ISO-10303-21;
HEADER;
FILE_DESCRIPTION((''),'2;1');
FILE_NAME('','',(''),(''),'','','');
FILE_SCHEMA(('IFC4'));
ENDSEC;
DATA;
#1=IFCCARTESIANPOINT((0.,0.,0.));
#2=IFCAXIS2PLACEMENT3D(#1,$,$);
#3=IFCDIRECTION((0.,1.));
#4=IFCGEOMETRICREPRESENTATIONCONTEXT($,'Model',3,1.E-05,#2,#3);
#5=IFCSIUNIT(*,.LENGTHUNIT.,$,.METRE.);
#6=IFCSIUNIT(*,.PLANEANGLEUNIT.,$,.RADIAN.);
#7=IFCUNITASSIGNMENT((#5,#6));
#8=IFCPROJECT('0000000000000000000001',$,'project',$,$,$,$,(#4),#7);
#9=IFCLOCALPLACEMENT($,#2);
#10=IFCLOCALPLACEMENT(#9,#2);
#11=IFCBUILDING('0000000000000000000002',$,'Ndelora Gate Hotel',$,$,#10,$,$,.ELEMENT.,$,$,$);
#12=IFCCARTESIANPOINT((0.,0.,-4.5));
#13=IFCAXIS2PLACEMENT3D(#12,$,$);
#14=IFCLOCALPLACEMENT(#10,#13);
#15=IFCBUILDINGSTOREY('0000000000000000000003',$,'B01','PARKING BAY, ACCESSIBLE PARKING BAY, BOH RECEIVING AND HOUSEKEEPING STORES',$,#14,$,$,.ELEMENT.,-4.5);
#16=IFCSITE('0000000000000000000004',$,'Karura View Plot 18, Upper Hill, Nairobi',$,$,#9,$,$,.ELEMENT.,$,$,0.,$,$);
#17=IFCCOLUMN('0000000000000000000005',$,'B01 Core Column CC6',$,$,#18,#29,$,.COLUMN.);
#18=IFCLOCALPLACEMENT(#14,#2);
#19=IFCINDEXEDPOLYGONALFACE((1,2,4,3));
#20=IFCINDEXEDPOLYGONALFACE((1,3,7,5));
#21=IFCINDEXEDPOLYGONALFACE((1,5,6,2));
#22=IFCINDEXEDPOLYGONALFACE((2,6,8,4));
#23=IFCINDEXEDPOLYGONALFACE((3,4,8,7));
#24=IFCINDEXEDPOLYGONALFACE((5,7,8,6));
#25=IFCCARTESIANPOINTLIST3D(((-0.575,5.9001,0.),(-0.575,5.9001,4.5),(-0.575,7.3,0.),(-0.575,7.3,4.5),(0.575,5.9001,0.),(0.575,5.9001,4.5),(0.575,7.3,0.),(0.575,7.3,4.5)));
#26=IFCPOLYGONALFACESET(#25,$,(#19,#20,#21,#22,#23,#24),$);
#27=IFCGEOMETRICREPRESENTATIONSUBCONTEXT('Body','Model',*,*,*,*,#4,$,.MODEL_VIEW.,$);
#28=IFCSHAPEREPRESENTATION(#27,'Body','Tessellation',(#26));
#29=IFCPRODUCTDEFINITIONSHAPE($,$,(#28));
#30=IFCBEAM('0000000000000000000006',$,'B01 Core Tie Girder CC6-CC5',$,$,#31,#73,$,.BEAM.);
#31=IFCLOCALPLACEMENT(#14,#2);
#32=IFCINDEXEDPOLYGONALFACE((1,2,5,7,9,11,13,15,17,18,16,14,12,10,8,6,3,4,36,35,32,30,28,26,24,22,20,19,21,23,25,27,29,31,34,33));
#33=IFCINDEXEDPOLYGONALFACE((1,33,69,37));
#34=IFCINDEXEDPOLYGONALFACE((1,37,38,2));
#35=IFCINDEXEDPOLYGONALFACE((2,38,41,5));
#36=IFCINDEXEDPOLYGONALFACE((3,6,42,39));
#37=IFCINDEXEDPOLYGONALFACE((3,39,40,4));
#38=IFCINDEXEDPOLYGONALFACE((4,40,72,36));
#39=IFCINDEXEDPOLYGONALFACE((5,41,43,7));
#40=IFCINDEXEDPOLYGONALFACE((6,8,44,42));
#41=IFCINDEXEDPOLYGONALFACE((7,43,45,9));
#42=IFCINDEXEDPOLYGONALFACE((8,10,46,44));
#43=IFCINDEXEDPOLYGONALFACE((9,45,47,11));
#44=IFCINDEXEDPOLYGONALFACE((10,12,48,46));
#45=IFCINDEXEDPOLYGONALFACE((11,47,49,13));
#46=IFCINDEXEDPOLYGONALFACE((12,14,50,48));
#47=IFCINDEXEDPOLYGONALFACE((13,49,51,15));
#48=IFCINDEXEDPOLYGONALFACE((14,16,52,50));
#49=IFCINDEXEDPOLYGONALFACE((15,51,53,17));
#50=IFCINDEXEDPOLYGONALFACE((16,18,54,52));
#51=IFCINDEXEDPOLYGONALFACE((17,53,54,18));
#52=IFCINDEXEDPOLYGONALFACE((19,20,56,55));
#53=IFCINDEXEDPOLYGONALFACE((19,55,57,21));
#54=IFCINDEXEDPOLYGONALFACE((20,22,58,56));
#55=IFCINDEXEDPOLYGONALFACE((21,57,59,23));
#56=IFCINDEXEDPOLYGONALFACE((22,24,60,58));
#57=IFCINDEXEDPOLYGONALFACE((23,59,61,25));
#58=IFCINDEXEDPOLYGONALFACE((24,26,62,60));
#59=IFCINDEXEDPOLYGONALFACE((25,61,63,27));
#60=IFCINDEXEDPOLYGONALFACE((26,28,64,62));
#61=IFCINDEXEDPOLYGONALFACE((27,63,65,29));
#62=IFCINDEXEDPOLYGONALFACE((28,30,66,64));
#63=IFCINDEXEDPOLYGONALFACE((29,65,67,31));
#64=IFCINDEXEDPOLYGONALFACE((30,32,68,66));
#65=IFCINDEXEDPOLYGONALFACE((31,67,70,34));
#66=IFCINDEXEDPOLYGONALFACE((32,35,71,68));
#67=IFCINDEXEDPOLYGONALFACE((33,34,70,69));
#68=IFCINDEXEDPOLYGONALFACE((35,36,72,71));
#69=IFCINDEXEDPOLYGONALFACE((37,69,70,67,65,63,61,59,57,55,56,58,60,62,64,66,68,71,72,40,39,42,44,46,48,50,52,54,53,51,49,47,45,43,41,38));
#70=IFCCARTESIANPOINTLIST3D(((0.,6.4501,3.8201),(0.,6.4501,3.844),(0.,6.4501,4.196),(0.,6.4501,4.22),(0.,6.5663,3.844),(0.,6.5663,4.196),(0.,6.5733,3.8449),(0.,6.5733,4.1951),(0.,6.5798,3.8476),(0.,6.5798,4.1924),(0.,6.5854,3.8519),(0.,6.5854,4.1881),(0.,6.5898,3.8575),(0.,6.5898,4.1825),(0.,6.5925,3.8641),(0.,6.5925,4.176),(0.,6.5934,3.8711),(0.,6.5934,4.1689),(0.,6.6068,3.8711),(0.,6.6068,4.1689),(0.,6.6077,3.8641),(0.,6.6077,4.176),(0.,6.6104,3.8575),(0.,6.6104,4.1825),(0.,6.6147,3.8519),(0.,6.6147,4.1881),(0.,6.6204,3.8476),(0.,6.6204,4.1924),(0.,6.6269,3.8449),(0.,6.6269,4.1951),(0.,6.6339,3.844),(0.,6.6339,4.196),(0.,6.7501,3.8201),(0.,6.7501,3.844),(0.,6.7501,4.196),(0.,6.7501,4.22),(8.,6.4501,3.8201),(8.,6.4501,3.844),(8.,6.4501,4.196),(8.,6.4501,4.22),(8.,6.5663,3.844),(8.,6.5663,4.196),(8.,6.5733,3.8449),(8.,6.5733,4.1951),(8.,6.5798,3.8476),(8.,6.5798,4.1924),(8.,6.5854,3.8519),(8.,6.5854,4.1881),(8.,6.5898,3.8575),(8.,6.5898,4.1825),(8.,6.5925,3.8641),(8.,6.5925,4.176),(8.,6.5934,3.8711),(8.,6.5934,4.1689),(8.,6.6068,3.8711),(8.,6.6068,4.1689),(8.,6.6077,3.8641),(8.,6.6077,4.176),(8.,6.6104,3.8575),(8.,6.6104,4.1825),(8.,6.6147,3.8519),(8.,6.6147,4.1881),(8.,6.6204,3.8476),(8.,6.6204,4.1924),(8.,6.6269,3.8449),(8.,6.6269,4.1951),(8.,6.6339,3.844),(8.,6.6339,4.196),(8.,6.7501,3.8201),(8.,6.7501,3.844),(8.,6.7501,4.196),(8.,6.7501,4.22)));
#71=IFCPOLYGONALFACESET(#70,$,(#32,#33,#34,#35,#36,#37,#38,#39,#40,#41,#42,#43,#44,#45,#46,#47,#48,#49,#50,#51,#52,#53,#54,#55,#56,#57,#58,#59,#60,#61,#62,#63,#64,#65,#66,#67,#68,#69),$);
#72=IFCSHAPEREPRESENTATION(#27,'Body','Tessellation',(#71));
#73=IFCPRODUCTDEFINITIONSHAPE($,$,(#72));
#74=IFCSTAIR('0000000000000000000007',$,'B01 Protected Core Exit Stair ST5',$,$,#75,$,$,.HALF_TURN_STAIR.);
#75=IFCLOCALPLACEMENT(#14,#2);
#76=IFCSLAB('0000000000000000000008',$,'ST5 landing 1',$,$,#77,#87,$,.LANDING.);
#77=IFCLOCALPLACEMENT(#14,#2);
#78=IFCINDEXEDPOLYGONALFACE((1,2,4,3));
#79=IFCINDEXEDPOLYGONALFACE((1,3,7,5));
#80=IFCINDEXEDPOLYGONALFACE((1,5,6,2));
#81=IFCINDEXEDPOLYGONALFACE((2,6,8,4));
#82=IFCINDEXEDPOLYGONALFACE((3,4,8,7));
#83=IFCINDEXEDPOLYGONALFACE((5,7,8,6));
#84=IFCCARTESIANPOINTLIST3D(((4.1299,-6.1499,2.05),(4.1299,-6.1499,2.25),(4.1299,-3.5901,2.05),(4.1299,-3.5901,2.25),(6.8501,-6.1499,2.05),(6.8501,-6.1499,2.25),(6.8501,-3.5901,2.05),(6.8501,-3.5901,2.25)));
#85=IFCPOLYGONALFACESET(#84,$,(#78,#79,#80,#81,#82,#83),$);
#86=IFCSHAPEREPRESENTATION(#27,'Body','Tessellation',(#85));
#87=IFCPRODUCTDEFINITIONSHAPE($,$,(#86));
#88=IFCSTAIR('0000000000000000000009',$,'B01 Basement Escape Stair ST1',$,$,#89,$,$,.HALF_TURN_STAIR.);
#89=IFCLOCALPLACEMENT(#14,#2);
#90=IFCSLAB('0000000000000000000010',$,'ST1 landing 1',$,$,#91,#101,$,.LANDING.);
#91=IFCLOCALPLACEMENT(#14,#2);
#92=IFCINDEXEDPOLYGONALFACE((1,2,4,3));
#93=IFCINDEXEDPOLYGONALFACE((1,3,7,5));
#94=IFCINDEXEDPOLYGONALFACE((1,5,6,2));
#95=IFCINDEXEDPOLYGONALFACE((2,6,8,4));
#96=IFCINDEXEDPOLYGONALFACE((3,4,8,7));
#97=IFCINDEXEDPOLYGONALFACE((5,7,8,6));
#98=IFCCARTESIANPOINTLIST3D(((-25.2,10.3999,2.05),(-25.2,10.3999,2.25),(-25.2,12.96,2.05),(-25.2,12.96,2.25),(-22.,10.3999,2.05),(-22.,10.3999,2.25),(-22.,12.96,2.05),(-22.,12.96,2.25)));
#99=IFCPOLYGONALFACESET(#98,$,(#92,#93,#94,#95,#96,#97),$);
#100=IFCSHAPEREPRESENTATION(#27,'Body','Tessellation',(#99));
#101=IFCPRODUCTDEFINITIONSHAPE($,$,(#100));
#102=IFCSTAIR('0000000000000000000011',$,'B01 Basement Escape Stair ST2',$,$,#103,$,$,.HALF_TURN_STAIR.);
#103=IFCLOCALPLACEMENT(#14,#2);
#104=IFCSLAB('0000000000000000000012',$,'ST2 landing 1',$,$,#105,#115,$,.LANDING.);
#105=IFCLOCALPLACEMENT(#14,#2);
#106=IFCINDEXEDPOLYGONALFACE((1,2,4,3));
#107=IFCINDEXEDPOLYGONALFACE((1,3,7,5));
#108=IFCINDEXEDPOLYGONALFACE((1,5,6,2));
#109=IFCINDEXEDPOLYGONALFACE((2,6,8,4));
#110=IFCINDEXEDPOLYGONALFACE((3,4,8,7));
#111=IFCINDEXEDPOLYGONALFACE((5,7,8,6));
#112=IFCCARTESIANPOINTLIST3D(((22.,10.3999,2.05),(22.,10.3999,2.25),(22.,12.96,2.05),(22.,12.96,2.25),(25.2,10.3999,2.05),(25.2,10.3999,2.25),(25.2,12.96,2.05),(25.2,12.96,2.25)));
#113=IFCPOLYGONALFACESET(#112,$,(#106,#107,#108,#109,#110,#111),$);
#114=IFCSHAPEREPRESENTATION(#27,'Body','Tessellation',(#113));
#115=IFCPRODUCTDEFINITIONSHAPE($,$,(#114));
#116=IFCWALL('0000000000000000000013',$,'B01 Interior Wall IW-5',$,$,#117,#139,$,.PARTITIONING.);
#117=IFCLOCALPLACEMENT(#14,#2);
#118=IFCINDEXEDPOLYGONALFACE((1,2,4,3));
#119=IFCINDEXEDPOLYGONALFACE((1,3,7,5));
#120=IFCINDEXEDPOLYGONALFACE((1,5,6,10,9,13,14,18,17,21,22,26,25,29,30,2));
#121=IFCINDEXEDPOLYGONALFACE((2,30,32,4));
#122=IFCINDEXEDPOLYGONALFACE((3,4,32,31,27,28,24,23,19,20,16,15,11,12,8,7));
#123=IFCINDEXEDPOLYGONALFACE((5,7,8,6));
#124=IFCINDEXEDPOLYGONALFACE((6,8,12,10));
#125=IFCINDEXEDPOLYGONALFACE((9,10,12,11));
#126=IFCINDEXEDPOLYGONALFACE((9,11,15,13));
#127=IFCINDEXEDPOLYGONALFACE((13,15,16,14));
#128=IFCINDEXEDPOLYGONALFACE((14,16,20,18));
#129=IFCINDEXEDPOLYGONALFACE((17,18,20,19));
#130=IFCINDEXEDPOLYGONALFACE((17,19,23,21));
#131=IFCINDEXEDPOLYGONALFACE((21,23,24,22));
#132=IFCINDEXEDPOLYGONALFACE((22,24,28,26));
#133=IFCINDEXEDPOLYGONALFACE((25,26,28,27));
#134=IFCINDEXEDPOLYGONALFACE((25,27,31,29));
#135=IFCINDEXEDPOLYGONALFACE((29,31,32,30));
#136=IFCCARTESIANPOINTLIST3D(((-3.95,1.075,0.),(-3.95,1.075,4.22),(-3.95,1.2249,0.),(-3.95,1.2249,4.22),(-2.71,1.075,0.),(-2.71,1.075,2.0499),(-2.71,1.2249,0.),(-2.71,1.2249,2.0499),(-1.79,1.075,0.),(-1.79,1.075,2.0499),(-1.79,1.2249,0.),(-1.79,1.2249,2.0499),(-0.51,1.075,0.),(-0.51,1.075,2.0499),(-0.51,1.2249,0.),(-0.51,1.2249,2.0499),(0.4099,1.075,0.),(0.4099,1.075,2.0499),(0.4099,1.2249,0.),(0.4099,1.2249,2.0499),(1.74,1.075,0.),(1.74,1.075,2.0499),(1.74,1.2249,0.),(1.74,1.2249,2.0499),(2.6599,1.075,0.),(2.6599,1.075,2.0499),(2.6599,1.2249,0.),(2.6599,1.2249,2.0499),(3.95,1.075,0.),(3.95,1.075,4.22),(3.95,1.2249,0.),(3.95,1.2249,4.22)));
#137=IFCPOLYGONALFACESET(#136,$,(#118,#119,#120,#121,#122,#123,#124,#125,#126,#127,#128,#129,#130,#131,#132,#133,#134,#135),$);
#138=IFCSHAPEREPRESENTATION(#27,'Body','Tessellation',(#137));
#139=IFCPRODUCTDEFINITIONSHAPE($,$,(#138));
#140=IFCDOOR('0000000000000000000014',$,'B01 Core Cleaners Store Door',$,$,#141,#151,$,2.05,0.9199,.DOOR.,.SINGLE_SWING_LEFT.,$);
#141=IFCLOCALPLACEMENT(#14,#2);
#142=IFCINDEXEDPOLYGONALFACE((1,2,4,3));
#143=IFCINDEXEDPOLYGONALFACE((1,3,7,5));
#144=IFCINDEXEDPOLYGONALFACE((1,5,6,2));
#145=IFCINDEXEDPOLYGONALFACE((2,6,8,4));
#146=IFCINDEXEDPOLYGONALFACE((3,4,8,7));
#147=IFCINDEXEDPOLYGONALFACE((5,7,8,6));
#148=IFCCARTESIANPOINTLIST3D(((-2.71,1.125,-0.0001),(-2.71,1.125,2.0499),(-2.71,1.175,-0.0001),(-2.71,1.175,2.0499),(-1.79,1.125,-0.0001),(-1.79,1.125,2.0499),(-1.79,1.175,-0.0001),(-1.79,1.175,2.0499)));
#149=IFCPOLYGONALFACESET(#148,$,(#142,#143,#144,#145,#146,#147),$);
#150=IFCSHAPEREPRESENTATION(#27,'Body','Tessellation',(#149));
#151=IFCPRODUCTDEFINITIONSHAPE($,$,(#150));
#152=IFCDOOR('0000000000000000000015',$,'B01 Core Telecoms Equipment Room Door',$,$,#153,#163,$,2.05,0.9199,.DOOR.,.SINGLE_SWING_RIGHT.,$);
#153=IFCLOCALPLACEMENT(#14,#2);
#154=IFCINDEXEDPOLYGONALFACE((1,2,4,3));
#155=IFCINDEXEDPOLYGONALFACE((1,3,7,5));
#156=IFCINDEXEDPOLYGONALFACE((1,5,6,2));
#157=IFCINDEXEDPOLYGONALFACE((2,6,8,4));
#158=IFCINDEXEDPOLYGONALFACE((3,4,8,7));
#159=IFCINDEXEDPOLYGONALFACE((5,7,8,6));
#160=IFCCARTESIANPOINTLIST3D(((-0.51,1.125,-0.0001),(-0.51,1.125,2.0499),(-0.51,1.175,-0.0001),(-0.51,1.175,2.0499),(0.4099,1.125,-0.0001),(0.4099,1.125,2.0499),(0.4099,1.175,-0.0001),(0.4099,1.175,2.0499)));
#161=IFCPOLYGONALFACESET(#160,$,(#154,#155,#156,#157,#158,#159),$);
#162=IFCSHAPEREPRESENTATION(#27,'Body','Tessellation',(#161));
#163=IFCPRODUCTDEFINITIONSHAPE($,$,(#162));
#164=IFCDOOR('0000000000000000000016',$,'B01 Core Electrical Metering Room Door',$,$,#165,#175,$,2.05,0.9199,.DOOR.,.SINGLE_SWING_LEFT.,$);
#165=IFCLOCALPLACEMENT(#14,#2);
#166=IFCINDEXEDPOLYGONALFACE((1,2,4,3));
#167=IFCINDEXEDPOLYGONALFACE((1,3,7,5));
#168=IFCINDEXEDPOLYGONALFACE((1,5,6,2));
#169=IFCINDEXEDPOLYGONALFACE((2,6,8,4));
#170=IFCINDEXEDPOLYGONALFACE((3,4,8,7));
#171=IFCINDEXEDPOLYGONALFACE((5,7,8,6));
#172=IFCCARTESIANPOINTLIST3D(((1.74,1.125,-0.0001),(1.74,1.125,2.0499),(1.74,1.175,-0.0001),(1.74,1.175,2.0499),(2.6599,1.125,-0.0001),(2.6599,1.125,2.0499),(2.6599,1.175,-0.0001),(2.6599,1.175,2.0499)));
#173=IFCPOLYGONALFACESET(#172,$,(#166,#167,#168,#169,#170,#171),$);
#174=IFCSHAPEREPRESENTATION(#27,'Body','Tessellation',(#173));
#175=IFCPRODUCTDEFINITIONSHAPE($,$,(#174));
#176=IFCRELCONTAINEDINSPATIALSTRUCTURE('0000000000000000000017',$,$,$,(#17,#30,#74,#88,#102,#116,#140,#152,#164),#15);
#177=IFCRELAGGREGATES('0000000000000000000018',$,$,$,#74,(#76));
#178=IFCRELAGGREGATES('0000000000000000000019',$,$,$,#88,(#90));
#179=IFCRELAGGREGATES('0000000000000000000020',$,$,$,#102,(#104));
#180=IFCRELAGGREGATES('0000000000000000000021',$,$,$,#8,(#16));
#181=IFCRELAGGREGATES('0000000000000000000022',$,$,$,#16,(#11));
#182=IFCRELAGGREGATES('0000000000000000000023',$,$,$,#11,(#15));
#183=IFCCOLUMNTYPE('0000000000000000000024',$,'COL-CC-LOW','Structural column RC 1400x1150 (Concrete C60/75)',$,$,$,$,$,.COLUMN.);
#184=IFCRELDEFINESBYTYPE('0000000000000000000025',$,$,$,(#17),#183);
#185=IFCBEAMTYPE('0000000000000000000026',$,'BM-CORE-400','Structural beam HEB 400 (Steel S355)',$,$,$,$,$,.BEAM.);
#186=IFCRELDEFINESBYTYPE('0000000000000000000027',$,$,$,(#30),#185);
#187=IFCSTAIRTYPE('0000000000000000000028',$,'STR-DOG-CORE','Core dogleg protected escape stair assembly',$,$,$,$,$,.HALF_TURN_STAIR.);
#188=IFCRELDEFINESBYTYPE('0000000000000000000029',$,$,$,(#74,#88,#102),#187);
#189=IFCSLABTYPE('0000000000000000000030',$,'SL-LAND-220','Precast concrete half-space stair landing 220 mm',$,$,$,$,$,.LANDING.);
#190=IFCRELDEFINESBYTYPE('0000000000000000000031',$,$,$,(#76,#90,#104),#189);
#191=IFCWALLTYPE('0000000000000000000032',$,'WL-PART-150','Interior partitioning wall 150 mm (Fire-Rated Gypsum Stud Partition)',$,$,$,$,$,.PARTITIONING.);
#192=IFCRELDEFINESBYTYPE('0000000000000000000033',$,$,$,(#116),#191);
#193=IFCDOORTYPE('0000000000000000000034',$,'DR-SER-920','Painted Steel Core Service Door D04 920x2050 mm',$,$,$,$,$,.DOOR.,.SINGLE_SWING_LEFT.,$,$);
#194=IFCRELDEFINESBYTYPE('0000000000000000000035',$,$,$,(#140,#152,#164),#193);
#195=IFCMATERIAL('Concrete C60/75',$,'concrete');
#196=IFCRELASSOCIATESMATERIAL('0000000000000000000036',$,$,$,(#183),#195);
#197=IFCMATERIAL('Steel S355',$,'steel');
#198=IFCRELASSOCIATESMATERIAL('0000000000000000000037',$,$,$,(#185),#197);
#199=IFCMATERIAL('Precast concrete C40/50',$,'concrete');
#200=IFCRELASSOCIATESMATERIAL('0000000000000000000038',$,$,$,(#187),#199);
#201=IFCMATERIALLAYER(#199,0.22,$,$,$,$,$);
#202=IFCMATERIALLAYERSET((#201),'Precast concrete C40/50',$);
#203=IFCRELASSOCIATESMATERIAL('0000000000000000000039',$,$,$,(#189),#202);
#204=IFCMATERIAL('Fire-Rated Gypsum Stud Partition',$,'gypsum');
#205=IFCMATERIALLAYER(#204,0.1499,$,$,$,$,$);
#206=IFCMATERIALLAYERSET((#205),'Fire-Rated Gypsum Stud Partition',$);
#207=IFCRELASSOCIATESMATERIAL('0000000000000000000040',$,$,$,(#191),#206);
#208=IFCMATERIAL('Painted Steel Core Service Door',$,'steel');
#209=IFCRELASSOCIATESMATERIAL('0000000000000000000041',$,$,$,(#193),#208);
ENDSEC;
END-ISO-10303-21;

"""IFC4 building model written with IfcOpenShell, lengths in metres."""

from ifc_helpers import new_model, si_unit, direction, frame, frame_2d, origin, origin_2d, place, context, subcontext, project, spatial, polyline, rectangle, i_section, outline, extrude, material, layer, layer_set, material_profile, profile_set, type_object, element, fill, aggregate, save


model = new_model("IFC4")

# Units and contexts
model_context = context("Model", 3, precision=1e-05, world=origin(), true_north=direction((0.0, 1.0)))
body_context = subcontext(model_context, "Body", "Model", "MODEL_VIEW")
ifc_project = project(units=[si_unit("LENGTHUNIT", "METRE"), si_unit("PLANEANGLEUNIT", "RADIAN")], contexts=[model_context])

# Site, building, storey
site_placement = place(None, origin())
site = spatial("IfcSite", under=ifc_project, at=site_placement, Name="Karura View Plot 18, Upper Hill, Nairobi", CompositionType="ELEMENT", RefElevation=0.0)
building_placement = place(site_placement, origin())
building = spatial("IfcBuilding", under=site, at=building_placement, Name="Ndelora Gate Hotel", CompositionType="ELEMENT")
storey_placement = place(building_placement, frame((0.0, 0.0, -4.5)))
storey = spatial("IfcBuildingStorey", under=building, at=storey_placement, Name="B01", Description="PARKING BAY, ACCESSIBLE PARKING BAY, BOH RECEIVING AND HOUSEKEEPING STORES", CompositionType="ELEMENT", Elevation=-4.5)

# Column
ifc_material_1 = material(Name="Concrete C60/75", Category="concrete")
ifc_material_profile_1 = material_profile(ifc_material_1, rectangle(XDim=1.1499, YDim=1.3999, at=origin_2d()), Name="RC 1400x1150")
ifc_profile_set_1 = profile_set([ifc_material_profile_1], Name="Concrete C60/75")
column_type = type_object("IfcColumnType", Name="COL-CC-LOW", Description="Structural column RC 1400x1150 (Concrete C60/75)", PredefinedType="COLUMN", material=ifc_profile_set_1)
column_placement = place(storey_placement, frame((0.0, 6.6001, 0.0), z_axis=(0.0, 0.0, 1.0), x_axis=(1.0, 0.0, 0.0)))
element("IfcColumn", 1, at=column_placement, inside=storey, type_object=column_type, Name="B01 Core Column CC6", PredefinedType="COLUMN", context=body_context, shape_type="SweptSolid", body=[
    extrude(rectangle(XDim=1.1499, YDim=1.3999, at=origin_2d()), origin(), (0.0, 0.0, 1.0), 4.5),
])

# Beam
ifc_material_2 = material(Name="Steel S355", Category="steel")
ifc_material_profile_2 = material_profile(ifc_material_2, i_section(OverallWidth=0.3, OverallDepth=0.3999, WebThickness=0.0134, FlangeThickness=0.0239, FilletRadius=0.0271, at=origin_2d()), Name="HEB 400")
ifc_profile_set_2 = profile_set([ifc_material_profile_2], Name="Steel S355")
beam_type = type_object("IfcBeamType", Name="BM-CORE-400", Description="Structural beam HEB 400 (Steel S355)", PredefinedType="BEAM", material=ifc_profile_set_2)
beam_placement = place(storey_placement, frame((0.0, 6.6001, 4.02), z_axis=(1.0, 0.0, 0.0), x_axis=(0.0, 1.0, 0.0)))
element("IfcBeam", 2, at=beam_placement, inside=storey, type_object=beam_type, Name="B01 Core Tie Girder CC6-CC5", PredefinedType="BEAM", context=body_context, shape_type="SweptSolid", body=[
    extrude(i_section(OverallWidth=0.3, OverallDepth=0.3999, WebThickness=0.0134, FlangeThickness=0.0239, FilletRadius=0.0271, at=origin_2d()), origin(), (0.0, 0.0, 1.0), 8.0),
])

# Stairs, slabs
ifc_material_3 = material(Name="Precast concrete C40/50", Category="concrete")
stair_type = type_object("IfcStairType", Name="STR-DOG-CORE", Description="Core dogleg protected escape stair assembly", PredefinedType="HALF_TURN_STAIR", material=ifc_material_3)
stair_1_placement = place(storey_placement, origin())
stair_1 = element("IfcStair", 3, at=stair_1_placement, inside=storey, type_object=stair_type, Name="B01 Protected Core Exit Stair ST5", PredefinedType="HALF_TURN_STAIR")
ifc_layer_1 = layer(ifc_material_3, 0.22)
ifc_layer_set_1 = layer_set([ifc_layer_1], Name="Precast concrete C40/50")
slab_type = type_object("IfcSlabType", Name="SL-LAND-220", Description="Precast concrete half-space stair landing 220 mm", PredefinedType="LANDING", material=ifc_layer_set_1)
slab_1_placement = place(storey_placement, frame((0.0, 0.0, 2.05)))
slab_1 = element("IfcSlab", 4, at=slab_1_placement, type_object=slab_type, Name="ST5 landing 1", PredefinedType="LANDING", context=body_context, shape_type="SweptSolid", body=[
    extrude(outline(polyline([(4.1299, -3.5901), (4.1299, -6.1499), (6.8501, -6.1499), (6.8501, -3.5901), (4.1299, -3.5901)])), origin(), (0.0, 0.0, 1.0), 0.2),
])
aggregate(stair_1, [slab_1])
stair_2_placement = place(storey_placement, origin())
stair_2 = element("IfcStair", 5, at=stair_2_placement, inside=storey, type_object=stair_type, Name="B01 Basement Escape Stair ST1", PredefinedType="HALF_TURN_STAIR")
slab_2_placement = place(storey_placement, frame((0.0, 0.0, 2.05)))
slab_2 = element("IfcSlab", 6, at=slab_2_placement, type_object=slab_type, Name="ST1 landing 1", PredefinedType="LANDING", context=body_context, shape_type="SweptSolid", body=[
    extrude(outline(polyline([(-25.2, 12.96), (-25.2, 10.3999), (-22.0, 10.3999), (-22.0, 12.96), (-25.2, 12.96)])), origin(), (0.0, 0.0, 1.0), 0.2),
])
aggregate(stair_2, [slab_2])
stair_3_placement = place(storey_placement, origin())
stair_3 = element("IfcStair", 7, at=stair_3_placement, inside=storey, type_object=stair_type, Name="B01 Basement Escape Stair ST2", PredefinedType="HALF_TURN_STAIR")
slab_3_placement = place(storey_placement, frame((0.0, 0.0, 2.05)))
slab_3 = element("IfcSlab", 8, at=slab_3_placement, type_object=slab_type, Name="ST2 landing 1", PredefinedType="LANDING", context=body_context, shape_type="SweptSolid", body=[
    extrude(outline(polyline([(22.0, 12.96), (22.0, 10.3999), (25.2, 10.3999), (25.2, 12.96), (22.0, 12.96)])), origin(), (0.0, 0.0, 1.0), 0.2),
])
aggregate(stair_3, [slab_3])

# Wall, openings, doors
ifc_material_4 = material(Name="Fire-Rated Gypsum Stud Partition", Category="gypsum")
ifc_layer_2 = layer(ifc_material_4, 0.1499)
ifc_layer_set_2 = layer_set([ifc_layer_2], Name="Fire-Rated Gypsum Stud Partition")
wall_type_1 = type_object("IfcWallType", Name="WL-PART-150", Description="Interior partitioning wall 150 mm (Fire-Rated Gypsum Stud Partition)", PredefinedType="PARTITIONING", material=ifc_layer_set_2)
wall_1_placement = place(storey_placement, frame((3.95, 1.1499, 0.0), z_axis=(0.0, 0.0, 1.0), x_axis=(-1.0, 0.0, 0.0)))
wall_1 = element("IfcWall", 9, at=wall_1_placement, inside=storey, type_object=wall_type_1, Name="B01 Interior Wall IW-5", PredefinedType="PARTITIONING", context=body_context, shape_type="SweptSolid", body=[
    extrude(rectangle(XDim=7.8999, YDim=0.1499, at=frame_2d((3.95, 0.0))), origin(), (0.0, 0.0, 1.0), 4.22),
])
opening_1_placement = place(wall_1_placement, frame((5.74, 0.0, 0.0)))
opening_1 = element("IfcOpeningElement", 10, at=opening_1_placement, cuts=wall_1, PredefinedType="OPENING", context=body_context, shape_type="SweptSolid", body=[
    extrude(rectangle(XDim=0.9199, YDim=2.05, at=frame_2d((0.46, 1.0249))), frame((0.0, 0.085, 0.0), z_axis=(0.0, -1.0, 0.0), x_axis=(1.0, 0.0, 0.0)), (0.0, 0.0, 1.0), 0.1699),
])
opening_2_placement = place(wall_1_placement, frame((3.54, 0.0, 0.0)))
opening_2 = element("IfcOpeningElement", 11, at=opening_2_placement, cuts=wall_1, PredefinedType="OPENING", context=body_context, shape_type="SweptSolid", body=[
    extrude(rectangle(XDim=0.9199, YDim=2.05, at=frame_2d((0.46, 1.0249))), frame((0.0, 0.085, 0.0), z_axis=(0.0, -1.0, 0.0), x_axis=(1.0, 0.0, 0.0)), (0.0, 0.0, 1.0), 0.1699),
])
opening_3_placement = place(wall_1_placement, frame((1.29, 0.0, 0.0)))
opening_3 = element("IfcOpeningElement", 12, at=opening_3_placement, cuts=wall_1, PredefinedType="OPENING", context=body_context, shape_type="SweptSolid", body=[
    extrude(rectangle(XDim=0.9199, YDim=2.05, at=frame_2d((0.46, 1.0249))), frame((0.0, 0.085, 0.0), z_axis=(0.0, -1.0, 0.0), x_axis=(1.0, 0.0, 0.0)), (0.0, 0.0, 1.0), 0.1699),
])
ifc_material_5 = material(Name="Painted Steel Core Service Door", Category="steel")
door_type_1 = type_object("IfcDoorType", Name="DR-SER-920", Description="Painted Steel Core Service Door D04 920x2050 mm", OperationType="SINGLE_SWING_LEFT", PredefinedType="DOOR", material=ifc_material_5)
door_1_placement = place(opening_1_placement, origin())
door_1 = element("IfcDoor", 13, at=door_1_placement, inside=storey, type_object=door_type_1, Name="B01 Core Cleaners Store Door", OperationType="SINGLE_SWING_LEFT", OverallHeight=2.05, OverallWidth=0.9199, PredefinedType="DOOR", context=body_context, shape_type="SweptSolid", body=[
    extrude(rectangle(XDim=0.9199, YDim=2.05, at=frame_2d((0.46, 1.0249))), frame((0.0, 0.0249, 0.0), z_axis=(0.0, -1.0, 0.0), x_axis=(1.0, 0.0, 0.0)), (0.0, 0.0, 1.0), 0.05),
])
fill(opening_1, door_1)
door_2_placement = place(opening_2_placement, origin())
door_2 = element("IfcDoor", 14, at=door_2_placement, inside=storey, type_object=door_type_1, Name="B01 Core Telecoms Equipment Room Door", OperationType="SINGLE_SWING_RIGHT", OverallHeight=2.05, OverallWidth=0.9199, PredefinedType="DOOR", context=body_context, shape_type="SweptSolid", body=[
    extrude(rectangle(XDim=0.9199, YDim=2.05, at=frame_2d((0.46, 1.0249))), frame((0.0, 0.0249, 0.0), z_axis=(0.0, -1.0, 0.0), x_axis=(1.0, 0.0, 0.0)), (0.0, 0.0, 1.0), 0.05),
])
fill(opening_2, door_2)
door_3_placement = place(opening_3_placement, origin())
door_3 = element("IfcDoor", 15, at=door_3_placement, inside=storey, type_object=door_type_1, Name="B01 Core Electrical Metering Room Door", OperationType="SINGLE_SWING_LEFT", OverallHeight=2.05, OverallWidth=0.9199, PredefinedType="DOOR", context=body_context, shape_type="SweptSolid", body=[
    extrude(rectangle(XDim=0.9199, YDim=2.05, at=frame_2d((0.46, 1.0249))), frame((0.0, 0.0249, 0.0), z_axis=(0.0, -1.0, 0.0), x_axis=(1.0, 0.0, 0.0)), (0.0, 0.0, 1.0), 0.05),
])
fill(opening_3, door_3)

save(model, "model.ifc")
